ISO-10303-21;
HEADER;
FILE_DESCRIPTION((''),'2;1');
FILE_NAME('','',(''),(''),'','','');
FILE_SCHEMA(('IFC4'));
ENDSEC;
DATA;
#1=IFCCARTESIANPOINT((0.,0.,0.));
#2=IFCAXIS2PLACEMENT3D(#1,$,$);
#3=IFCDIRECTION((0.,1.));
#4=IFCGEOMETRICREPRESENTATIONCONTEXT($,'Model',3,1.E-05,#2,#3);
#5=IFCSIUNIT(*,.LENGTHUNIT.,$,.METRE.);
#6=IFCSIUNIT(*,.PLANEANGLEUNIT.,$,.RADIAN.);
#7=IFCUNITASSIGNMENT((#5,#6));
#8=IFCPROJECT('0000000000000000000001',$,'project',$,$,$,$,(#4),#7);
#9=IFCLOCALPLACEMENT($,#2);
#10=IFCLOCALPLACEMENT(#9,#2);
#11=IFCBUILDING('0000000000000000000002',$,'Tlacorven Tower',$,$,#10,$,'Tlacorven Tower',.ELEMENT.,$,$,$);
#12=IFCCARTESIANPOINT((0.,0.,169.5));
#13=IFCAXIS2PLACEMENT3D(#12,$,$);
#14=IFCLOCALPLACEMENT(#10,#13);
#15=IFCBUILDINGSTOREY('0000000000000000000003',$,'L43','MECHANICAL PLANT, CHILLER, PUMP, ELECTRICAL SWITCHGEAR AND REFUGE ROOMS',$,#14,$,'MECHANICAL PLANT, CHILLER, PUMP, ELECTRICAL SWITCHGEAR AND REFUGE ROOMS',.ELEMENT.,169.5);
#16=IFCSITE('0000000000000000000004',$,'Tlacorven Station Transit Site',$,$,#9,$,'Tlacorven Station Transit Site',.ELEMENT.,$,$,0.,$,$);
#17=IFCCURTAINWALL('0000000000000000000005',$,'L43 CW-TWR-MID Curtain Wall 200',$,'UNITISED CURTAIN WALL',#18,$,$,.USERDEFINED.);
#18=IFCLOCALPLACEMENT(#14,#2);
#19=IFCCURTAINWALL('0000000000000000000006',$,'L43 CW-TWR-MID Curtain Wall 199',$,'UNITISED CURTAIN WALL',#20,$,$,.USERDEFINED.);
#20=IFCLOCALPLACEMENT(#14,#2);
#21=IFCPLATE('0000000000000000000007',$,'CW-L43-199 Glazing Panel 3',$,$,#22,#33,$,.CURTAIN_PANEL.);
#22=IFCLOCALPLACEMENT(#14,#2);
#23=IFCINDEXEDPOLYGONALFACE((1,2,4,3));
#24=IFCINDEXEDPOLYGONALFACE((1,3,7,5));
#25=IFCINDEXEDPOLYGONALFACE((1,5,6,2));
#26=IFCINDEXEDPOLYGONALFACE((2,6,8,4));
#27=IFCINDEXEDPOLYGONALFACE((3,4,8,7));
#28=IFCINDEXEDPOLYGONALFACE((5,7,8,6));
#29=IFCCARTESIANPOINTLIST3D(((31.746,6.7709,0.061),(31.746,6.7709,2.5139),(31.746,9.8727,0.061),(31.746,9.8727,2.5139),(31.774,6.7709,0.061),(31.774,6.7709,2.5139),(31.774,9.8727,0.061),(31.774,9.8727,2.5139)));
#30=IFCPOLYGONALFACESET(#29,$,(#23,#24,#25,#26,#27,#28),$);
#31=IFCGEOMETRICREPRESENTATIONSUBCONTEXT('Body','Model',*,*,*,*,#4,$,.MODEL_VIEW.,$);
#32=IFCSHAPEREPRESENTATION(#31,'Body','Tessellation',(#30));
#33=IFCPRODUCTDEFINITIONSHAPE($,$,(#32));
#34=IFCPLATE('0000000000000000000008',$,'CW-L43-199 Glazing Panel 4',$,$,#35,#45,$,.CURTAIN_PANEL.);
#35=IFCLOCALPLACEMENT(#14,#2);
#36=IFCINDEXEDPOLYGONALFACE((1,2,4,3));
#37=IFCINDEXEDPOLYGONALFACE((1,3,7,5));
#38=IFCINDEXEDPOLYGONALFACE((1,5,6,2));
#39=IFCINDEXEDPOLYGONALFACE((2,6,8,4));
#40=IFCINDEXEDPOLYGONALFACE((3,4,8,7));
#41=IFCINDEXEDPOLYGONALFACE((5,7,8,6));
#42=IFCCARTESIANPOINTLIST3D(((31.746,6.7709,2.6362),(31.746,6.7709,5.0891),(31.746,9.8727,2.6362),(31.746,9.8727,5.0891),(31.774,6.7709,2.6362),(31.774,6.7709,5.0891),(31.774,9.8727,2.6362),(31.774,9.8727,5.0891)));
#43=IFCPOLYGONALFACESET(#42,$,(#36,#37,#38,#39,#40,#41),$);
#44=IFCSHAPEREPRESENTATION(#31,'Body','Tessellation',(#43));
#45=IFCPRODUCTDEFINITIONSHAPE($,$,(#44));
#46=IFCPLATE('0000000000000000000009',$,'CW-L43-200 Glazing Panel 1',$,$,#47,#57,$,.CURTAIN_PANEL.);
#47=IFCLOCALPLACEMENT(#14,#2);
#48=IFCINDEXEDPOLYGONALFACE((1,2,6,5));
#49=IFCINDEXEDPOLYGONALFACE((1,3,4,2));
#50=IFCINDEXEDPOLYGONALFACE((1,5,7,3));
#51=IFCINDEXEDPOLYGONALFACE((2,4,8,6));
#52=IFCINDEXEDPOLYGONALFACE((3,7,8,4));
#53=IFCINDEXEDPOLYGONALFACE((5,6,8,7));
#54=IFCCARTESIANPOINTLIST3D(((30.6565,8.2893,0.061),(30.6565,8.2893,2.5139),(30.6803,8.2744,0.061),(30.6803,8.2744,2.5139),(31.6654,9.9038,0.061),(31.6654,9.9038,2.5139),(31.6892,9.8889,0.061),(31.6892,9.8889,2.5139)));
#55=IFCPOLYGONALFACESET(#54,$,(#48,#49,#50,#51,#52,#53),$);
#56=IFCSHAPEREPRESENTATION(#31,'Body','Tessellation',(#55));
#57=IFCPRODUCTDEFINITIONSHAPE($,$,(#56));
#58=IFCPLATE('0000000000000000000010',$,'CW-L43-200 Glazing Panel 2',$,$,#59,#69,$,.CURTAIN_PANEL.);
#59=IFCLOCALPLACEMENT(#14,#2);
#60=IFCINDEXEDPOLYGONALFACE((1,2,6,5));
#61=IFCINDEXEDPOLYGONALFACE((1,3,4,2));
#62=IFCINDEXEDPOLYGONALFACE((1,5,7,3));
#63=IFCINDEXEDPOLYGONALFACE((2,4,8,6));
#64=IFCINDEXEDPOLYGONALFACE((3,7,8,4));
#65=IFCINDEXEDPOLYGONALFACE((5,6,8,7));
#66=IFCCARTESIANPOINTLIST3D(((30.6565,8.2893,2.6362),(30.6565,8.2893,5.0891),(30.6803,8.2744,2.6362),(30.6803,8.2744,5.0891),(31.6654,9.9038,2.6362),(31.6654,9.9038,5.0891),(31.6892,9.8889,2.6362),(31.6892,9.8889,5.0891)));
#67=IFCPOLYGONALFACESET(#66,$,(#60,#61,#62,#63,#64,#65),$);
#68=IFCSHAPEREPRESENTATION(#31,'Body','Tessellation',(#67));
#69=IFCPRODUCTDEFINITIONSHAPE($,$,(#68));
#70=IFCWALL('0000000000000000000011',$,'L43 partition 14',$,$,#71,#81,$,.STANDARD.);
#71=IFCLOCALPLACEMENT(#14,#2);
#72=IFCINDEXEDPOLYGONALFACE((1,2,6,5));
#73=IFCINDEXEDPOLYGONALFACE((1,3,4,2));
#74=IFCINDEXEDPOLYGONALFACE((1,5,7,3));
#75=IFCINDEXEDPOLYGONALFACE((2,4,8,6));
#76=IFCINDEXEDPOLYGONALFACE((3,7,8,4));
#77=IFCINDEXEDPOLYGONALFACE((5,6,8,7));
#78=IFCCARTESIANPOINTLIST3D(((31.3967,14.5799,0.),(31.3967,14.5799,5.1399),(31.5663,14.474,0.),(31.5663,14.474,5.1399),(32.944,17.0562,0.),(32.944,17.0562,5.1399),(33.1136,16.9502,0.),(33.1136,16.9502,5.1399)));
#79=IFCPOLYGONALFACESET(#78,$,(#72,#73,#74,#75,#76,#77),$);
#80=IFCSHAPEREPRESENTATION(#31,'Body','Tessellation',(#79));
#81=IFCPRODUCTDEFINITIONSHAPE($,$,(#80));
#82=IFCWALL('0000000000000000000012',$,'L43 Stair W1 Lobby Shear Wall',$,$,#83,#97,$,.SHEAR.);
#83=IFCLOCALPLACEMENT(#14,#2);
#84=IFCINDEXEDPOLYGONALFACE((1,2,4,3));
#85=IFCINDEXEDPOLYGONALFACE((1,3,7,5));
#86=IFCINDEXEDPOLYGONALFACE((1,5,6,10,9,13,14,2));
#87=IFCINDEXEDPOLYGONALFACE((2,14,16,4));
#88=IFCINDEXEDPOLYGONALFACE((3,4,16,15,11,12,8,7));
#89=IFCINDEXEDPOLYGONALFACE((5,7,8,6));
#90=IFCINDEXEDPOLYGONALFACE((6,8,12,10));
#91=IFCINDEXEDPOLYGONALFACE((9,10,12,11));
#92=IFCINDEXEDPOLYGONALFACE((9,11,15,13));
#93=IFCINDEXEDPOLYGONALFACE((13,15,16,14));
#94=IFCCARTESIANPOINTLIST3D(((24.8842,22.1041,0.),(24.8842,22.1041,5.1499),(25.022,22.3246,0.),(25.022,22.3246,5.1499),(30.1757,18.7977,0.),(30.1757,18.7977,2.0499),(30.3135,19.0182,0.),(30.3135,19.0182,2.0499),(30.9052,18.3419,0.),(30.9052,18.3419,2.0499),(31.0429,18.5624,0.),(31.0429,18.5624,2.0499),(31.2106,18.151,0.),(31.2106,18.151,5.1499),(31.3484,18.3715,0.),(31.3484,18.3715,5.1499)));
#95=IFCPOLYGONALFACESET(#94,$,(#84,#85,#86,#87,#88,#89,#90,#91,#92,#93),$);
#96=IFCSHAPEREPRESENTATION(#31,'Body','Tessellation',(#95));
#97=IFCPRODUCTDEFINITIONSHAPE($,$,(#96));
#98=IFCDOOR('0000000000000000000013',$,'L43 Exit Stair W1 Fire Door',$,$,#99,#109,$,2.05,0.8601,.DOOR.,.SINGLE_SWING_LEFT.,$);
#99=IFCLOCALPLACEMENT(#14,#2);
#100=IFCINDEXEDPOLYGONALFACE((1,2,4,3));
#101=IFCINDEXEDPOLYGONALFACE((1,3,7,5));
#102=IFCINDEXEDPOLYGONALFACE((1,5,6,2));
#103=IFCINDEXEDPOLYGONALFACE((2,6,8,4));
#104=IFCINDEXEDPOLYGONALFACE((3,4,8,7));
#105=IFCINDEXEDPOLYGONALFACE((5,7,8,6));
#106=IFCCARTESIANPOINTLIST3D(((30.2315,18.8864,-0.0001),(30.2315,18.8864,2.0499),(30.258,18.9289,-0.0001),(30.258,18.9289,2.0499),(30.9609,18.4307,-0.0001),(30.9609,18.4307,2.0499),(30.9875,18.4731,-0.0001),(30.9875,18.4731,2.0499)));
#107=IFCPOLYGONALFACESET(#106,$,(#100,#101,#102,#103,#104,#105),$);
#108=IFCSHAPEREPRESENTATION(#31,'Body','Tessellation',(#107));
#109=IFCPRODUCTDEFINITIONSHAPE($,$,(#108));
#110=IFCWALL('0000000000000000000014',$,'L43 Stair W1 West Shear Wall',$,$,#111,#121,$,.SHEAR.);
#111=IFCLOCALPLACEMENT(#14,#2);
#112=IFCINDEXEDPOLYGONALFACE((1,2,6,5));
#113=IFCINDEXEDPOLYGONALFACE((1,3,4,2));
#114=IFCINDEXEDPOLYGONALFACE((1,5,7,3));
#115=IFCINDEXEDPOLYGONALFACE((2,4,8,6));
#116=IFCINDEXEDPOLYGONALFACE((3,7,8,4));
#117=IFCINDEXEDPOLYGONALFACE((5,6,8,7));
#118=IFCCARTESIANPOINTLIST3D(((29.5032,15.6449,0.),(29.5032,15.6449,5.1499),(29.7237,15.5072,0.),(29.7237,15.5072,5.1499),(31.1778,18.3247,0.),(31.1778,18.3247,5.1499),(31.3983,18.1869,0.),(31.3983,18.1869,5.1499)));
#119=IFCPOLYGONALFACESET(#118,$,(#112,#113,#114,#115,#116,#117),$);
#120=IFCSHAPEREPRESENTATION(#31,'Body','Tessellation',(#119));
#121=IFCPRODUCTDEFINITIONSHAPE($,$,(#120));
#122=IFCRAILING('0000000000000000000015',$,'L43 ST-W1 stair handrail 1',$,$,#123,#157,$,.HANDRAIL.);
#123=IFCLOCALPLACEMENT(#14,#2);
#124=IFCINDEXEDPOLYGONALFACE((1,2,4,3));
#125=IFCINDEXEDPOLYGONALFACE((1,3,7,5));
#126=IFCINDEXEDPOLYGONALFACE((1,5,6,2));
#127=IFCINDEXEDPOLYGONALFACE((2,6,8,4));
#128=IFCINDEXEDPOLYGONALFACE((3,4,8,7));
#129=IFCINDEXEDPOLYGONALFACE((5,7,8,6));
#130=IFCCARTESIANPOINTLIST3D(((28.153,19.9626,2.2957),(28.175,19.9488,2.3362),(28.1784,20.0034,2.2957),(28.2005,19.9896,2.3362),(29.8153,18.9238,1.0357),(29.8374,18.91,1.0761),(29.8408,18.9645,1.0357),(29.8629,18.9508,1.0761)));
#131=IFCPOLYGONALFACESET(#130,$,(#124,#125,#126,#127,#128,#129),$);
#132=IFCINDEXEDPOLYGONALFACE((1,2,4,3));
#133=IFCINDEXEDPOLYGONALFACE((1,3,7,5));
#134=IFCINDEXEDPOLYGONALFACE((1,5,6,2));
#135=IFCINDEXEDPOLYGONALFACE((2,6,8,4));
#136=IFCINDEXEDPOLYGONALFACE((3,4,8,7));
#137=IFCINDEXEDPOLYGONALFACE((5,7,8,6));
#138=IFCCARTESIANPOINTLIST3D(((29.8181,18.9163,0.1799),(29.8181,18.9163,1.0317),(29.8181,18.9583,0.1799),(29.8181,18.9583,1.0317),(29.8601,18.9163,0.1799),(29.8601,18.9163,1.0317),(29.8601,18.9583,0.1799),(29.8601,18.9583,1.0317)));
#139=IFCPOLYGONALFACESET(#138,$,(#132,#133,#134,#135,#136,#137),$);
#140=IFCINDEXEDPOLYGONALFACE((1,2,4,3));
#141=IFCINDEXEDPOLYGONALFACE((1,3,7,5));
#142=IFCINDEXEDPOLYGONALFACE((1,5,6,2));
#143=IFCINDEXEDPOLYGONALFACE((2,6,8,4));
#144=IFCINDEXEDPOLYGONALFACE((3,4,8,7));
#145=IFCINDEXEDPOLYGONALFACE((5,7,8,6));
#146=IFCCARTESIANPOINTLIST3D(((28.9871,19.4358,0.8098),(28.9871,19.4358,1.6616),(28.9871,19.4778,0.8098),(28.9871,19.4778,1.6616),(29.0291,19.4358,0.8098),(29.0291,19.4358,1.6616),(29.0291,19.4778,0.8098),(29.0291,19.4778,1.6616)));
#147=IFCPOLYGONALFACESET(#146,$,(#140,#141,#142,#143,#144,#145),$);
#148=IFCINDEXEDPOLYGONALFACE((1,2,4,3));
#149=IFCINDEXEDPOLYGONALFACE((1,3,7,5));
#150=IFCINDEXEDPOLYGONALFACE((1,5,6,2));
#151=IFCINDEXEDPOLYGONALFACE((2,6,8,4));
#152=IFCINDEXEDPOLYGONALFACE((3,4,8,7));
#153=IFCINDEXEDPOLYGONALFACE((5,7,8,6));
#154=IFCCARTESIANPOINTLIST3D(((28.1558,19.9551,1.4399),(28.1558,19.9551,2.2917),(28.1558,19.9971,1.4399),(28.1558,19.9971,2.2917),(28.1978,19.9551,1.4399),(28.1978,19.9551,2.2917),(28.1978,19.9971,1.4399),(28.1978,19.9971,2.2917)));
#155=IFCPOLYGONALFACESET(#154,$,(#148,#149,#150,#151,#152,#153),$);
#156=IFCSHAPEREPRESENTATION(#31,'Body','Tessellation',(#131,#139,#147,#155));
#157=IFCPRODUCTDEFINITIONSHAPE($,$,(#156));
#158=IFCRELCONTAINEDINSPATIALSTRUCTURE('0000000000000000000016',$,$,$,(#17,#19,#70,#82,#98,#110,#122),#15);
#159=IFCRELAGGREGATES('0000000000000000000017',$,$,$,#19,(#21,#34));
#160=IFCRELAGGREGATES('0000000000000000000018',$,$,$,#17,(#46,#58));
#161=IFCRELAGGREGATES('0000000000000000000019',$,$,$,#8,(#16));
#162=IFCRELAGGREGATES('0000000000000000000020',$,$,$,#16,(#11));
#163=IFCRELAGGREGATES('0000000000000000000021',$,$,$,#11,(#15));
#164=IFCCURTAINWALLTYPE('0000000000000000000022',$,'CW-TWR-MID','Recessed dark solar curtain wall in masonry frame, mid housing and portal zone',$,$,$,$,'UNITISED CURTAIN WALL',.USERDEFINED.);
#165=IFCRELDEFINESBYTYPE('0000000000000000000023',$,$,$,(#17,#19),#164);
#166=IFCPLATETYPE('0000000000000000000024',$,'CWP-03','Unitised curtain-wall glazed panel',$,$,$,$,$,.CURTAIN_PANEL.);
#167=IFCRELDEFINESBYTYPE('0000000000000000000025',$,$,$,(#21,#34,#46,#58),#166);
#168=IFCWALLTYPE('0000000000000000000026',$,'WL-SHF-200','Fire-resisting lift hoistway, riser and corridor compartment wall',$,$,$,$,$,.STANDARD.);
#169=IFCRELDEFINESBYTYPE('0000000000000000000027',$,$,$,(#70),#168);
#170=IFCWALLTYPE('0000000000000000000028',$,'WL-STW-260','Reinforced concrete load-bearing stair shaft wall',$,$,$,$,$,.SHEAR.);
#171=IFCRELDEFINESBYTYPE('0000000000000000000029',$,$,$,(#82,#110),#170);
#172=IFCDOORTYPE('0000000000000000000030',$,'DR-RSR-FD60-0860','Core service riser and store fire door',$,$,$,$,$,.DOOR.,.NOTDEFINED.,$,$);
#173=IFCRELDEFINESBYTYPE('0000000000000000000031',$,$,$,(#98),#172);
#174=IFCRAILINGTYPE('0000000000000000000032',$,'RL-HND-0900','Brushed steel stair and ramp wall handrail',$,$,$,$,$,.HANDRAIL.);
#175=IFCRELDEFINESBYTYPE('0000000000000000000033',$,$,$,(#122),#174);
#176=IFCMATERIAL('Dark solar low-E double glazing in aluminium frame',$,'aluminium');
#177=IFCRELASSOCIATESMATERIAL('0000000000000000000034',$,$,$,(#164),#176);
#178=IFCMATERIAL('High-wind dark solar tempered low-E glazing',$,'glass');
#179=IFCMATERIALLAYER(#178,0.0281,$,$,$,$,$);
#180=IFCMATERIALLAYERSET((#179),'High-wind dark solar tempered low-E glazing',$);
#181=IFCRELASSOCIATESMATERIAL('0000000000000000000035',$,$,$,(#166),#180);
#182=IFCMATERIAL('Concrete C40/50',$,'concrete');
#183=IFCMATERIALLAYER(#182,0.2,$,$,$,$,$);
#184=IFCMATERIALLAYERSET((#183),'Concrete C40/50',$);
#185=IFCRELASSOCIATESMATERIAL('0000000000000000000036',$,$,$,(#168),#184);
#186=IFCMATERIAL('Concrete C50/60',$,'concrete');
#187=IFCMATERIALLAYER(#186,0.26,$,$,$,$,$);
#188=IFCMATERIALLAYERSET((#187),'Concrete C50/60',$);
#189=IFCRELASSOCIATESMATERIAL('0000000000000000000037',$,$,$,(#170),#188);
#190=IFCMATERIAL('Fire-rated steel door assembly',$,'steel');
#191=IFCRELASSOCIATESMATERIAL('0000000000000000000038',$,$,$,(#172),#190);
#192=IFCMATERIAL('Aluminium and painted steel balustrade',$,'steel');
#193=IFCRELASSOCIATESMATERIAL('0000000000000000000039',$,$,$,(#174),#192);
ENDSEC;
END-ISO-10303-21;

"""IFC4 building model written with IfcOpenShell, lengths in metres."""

from ifc_helpers import new_model, si_unit, direction, frame, frame_2d, origin, origin_2d, place, context, subcontext, project, spatial, rectangle, extrude, source, transform, mapped, material, layer, layer_set, type_object, element, fill, aggregate, save


model = new_model("IFC4")

# Units and contexts
model_context = context("Model", 3, precision=1e-05, world=origin(), true_north=direction((0.0, 1.0)))
body_context = subcontext(model_context, "Body", "Model", "MODEL_VIEW")
ifc_project = project(units=[si_unit("LENGTHUNIT", "METRE"), si_unit("PLANEANGLEUNIT", "RADIAN")], contexts=[model_context])

# Site, building, storey
site_placement = place(None, origin())
site = spatial("IfcSite", under=ifc_project, at=site_placement, Name="Tlacorven Station Transit Site", LongName="Tlacorven Station Transit Site", CompositionType="ELEMENT", RefElevation=0.0)
building_placement = place(site_placement, origin())
building = spatial("IfcBuilding", under=site, at=building_placement, Name="Tlacorven Tower", LongName="Tlacorven Tower", CompositionType="ELEMENT")
storey_placement = place(building_placement, frame((0.0, 0.0, 169.5)))
storey = spatial("IfcBuildingStorey", under=building, at=storey_placement, Name="L43", Description="MECHANICAL PLANT, CHILLER, PUMP, ELECTRICAL SWITCHGEAR AND REFUGE ROOMS", LongName="MECHANICAL PLANT, CHILLER, PUMP, ELECTRICAL SWITCHGEAR AND REFUGE ROOMS", CompositionType="ELEMENT", Elevation=169.5)

# Curtain wall
ifc_material_1 = material(Name="Dark solar low-E double glazing in aluminium frame", Category="aluminium")
curtain_wall_type = type_object("IfcCurtainWallType", Name="CW-TWR-MID", Description="Recessed dark solar curtain wall in masonry frame, mid housing and portal zone", ElementType="UNITISED CURTAIN WALL", PredefinedType="USERDEFINED", material=ifc_material_1)
curtain_wall_1_placement = place(storey_placement, origin())
curtain_wall_1 = element("IfcCurtainWall", 1, at=curtain_wall_1_placement, inside=storey, type_object=curtain_wall_type, Name="L43 CW-TWR-MID Curtain Wall 200", ObjectType="UNITISED CURTAIN WALL", PredefinedType="USERDEFINED")

# Curtain wall
curtain_wall_2_placement = place(storey_placement, origin())
curtain_wall_2 = element("IfcCurtainWall", 2, at=curtain_wall_2_placement, inside=storey, type_object=curtain_wall_type, Name="L43 CW-TWR-MID Curtain Wall 199", ObjectType="UNITISED CURTAIN WALL", PredefinedType="USERDEFINED")

# Plates
ifc_material_2 = material(Name="High-wind dark solar tempered low-E glazing", Category="glass")
ifc_layer_1 = layer(ifc_material_2, 0.0281)
ifc_layer_set_1 = layer_set([ifc_layer_1], Name="High-wind dark solar tempered low-E glazing")
plate_type_1 = type_object("IfcPlateType", Name="CWP-03", Description="Unitised curtain-wall glazed panel", PredefinedType="CURTAIN_PANEL", material=ifc_layer_set_1)
shared_shape_1 = source(origin(), body_context, "Body", "SweptSolid", [
    extrude(rectangle(XDim=3.1018, YDim=0.0281, at=origin_2d()), origin(), (0.0, 0.0, 1.0), 2.4529),
])
plate_1_placement = place(storey_placement, frame((31.76, 8.3218, 0.061), z_axis=(0.0, 0.0, 1.0), x_axis=(0.0, 1.0, 0.0)))
plate_1 = element("IfcPlate", 3, at=plate_1_placement, type_object=plate_type_1, Name="CW-L43-199 Glazing Panel 3", PredefinedType="CURTAIN_PANEL", context=body_context, shape_type="MappedRepresentation", body=[
    mapped(shared_shape_1, transform((0.0, 0.0, 0.0), scale=1.0)),
])
plate_2_placement = place(storey_placement, frame((31.76, 8.3218, 2.6362), z_axis=(0.0, 0.0, 1.0), x_axis=(0.0, 1.0, 0.0)))
plate_2 = element("IfcPlate", 4, at=plate_2_placement, type_object=plate_type_1, Name="CW-L43-199 Glazing Panel 4", PredefinedType="CURTAIN_PANEL", context=body_context, shape_type="MappedRepresentation", body=[
    mapped(shared_shape_1, transform((0.0, 0.0, 0.0), scale=1.0)),
])
aggregate(curtain_wall_2, [plate_1, plate_2])
shared_shape_2 = source(origin(), body_context, "Body", "SweptSolid", [
    extrude(rectangle(XDim=1.9038, YDim=0.0281, at=origin_2d()), origin(), (0.0, 0.0, 1.0), 2.4529),
])
plate_3_placement = place(storey_placement, frame((31.1729, 9.0891, 0.061), z_axis=(0.0, 0.0, 1.0), x_axis=(-0.529919, -0.848048, 0.0)))
plate_3 = element("IfcPlate", 5, at=plate_3_placement, type_object=plate_type_1, Name="CW-L43-200 Glazing Panel 1", PredefinedType="CURTAIN_PANEL", context=body_context, shape_type="MappedRepresentation", body=[
    mapped(shared_shape_2, transform((0.0, 0.0, 0.0), scale=1.0)),
])
plate_4_placement = place(storey_placement, frame((31.1729, 9.0891, 2.6362), z_axis=(0.0, 0.0, 1.0), x_axis=(-0.529919, -0.848048, 0.0)))
plate_4 = element("IfcPlate", 6, at=plate_4_placement, type_object=plate_type_1, Name="CW-L43-200 Glazing Panel 2", PredefinedType="CURTAIN_PANEL", context=body_context, shape_type="MappedRepresentation", body=[
    mapped(shared_shape_2, transform((0.0, 0.0, 0.0), scale=1.0)),
])
aggregate(curtain_wall_1, [plate_3, plate_4])

# Wall
ifc_material_3 = material(Name="Concrete C40/50", Category="concrete")
ifc_layer_2 = layer(ifc_material_3, 0.2)
ifc_layer_set_2 = layer_set([ifc_layer_2], Name="Concrete C40/50")
wall_type_1 = type_object("IfcWallType", Name="WL-SHF-200", Description="Fire-resisting lift hoistway, riser and corridor compartment wall", PredefinedType="STANDARD", material=ifc_layer_set_2)
wall_1_placement = place(storey_placement, frame((33.0288, 17.0032, 0.0), z_axis=(0.0, 0.0, 1.0), x_axis=(-0.529916, -0.84805, 0.0)))
element("IfcWall", 7, at=wall_1_placement, inside=storey, type_object=wall_type_1, Name="L43 partition 14", PredefinedType="STANDARD", context=body_context, shape_type="SweptSolid", body=[
    extrude(rectangle(XDim=2.9199, YDim=0.2, at=frame_2d((1.46, 0.0))), origin(), (0.0, 0.0, 1.0), 5.1399),
])

# Wall, opening, door
ifc_material_4 = material(Name="Concrete C50/60", Category="concrete")
ifc_layer_3 = layer(ifc_material_4, 0.26)
ifc_layer_set_3 = layer_set([ifc_layer_3], Name="Concrete C50/60")
wall_type_2 = type_object("IfcWallType", Name="WL-STW-260", Description="Reinforced concrete load-bearing stair shaft wall", PredefinedType="SHEAR", material=ifc_layer_set_3)
wall_2_placement = place(storey_placement, frame((31.2795, 18.2612, 0.0), z_axis=(0.0, 0.0, 1.0), x_axis=(-0.848052, 0.529914, 0.0)))
wall_2 = element("IfcWall", 8, at=wall_2_placement, inside=storey, type_object=wall_type_2, Name="L43 Stair W1 Lobby Shear Wall", PredefinedType="SHEAR", context=body_context, shape_type="SweptSolid", body=[
    extrude(rectangle(XDim=7.46, YDim=0.26, at=frame_2d((3.73, 0.0))), origin(), (0.0, 0.0, 1.0), 5.1499),
])
opening_placement = place(wall_2_placement, frame((0.3601, 0.0, 0.0)))
opening = element("IfcOpeningElement", 9, at=opening_placement, cuts=wall_2, PredefinedType="OPENING", context=body_context, shape_type="SweptSolid", body=[
    extrude(rectangle(XDim=0.8601, YDim=2.05, at=frame_2d((0.4302, 1.0249))), frame((0.0, 0.1401, 0.0), z_axis=(0.0, -1.0, 0.0), x_axis=(1.0, 0.0, 0.0)), (0.0, 0.0, 1.0), 0.28),
])
ifc_material_5 = material(Name="Fire-rated steel door assembly", Category="steel")
door_type = type_object("IfcDoorType", Name="DR-RSR-FD60-0860", Description="Core service riser and store fire door", OperationType="NOTDEFINED", PredefinedType="DOOR", material=ifc_material_5)
shared_shape_3 = source(origin(), body_context, "Body", "SweptSolid", [
    extrude(rectangle(XDim=0.8601, YDim=2.05, at=frame_2d((0.4302, 1.0249))), frame((0.0, 0.0249, 0.0), z_axis=(0.0, -1.0, 0.0), x_axis=(1.0, 0.0, 0.0)), (0.0, 0.0, 1.0), 0.05),
])
door_placement = place(opening_placement, frame((0.8601, 0.0, 0.0), z_axis=(0.0, 0.0, 1.0), x_axis=(-1.0, 0.0, 0.0)))
door = element("IfcDoor", 10, at=door_placement, inside=storey, type_object=door_type, Name="L43 Exit Stair W1 Fire Door", OperationType="SINGLE_SWING_LEFT", OverallHeight=2.05, OverallWidth=0.8601, PredefinedType="DOOR", context=body_context, shape_type="MappedRepresentation", body=[
    mapped(shared_shape_3, transform((0.0, 0.0, 0.0), scale=1.0)),
])
fill(opening, door)

# Wall
wall_3_placement = place(storey_placement, frame((31.2881, 18.2559, 0.0), z_axis=(0.0, 0.0, 1.0), x_axis=(-0.529943, -0.848033, 0.0)))
element("IfcWall", 11, at=wall_3_placement, inside=storey, type_object=wall_type_2, Name="L43 Stair W1 West Shear Wall", PredefinedType="SHEAR", context=body_context, shape_type="SweptSolid", body=[
    extrude(rectangle(XDim=3.1599, YDim=0.26, at=frame_2d((1.5801, 0.0))), origin(), (0.0, 0.0, 1.0), 5.1499),
])

# Railing
ifc_material_6 = material(Name="Aluminium and painted steel balustrade", Category="steel")
railing_type = type_object("IfcRailingType", Name="RL-HND-0900", Description="Brushed steel stair and ramp wall handrail", PredefinedType="HANDRAIL", material=ifc_material_6)
shared_shape_4 = source(origin(), body_context, "Body", "SweptSolid", [
    extrude(rectangle(XDim=0.0481, YDim=0.0481, at=origin_2d()), frame((0.0, 0.0, 0.876), z_axis=(-0.713372, 0.445792, 0.540713), x_axis=(-0.529943, -0.848033, 0.0)), (0.0, 0.0, 1.0), 2.3303),
    extrude(rectangle(XDim=0.042, YDim=0.042, at=origin_2d()), origin(), (0.0, 0.0, 1.0), 0.8518),
    extrude(rectangle(XDim=0.042, YDim=0.042, at=origin_2d()), frame((-0.8311, 0.5195, 0.6299)), (0.0, 0.0, 1.0), 0.8518),
    extrude(rectangle(XDim=0.042, YDim=0.042, at=origin_2d()), frame((-1.6624, 1.0388, 1.26)), (0.0, 0.0, 1.0), 0.8518),
])
railing_placement = place(storey_placement, frame((29.8391, 18.9373, 0.1799)))
element("IfcRailing", 12, at=railing_placement, inside=storey, type_object=railing_type, Name="L43 ST-W1 stair handrail 1", PredefinedType="HANDRAIL", context=body_context, shape_type="MappedRepresentation", body=[
    mapped(shared_shape_4, transform((0.0, 0.0, 0.0), scale=1.0)),
])

save(model, "model.ifc")
